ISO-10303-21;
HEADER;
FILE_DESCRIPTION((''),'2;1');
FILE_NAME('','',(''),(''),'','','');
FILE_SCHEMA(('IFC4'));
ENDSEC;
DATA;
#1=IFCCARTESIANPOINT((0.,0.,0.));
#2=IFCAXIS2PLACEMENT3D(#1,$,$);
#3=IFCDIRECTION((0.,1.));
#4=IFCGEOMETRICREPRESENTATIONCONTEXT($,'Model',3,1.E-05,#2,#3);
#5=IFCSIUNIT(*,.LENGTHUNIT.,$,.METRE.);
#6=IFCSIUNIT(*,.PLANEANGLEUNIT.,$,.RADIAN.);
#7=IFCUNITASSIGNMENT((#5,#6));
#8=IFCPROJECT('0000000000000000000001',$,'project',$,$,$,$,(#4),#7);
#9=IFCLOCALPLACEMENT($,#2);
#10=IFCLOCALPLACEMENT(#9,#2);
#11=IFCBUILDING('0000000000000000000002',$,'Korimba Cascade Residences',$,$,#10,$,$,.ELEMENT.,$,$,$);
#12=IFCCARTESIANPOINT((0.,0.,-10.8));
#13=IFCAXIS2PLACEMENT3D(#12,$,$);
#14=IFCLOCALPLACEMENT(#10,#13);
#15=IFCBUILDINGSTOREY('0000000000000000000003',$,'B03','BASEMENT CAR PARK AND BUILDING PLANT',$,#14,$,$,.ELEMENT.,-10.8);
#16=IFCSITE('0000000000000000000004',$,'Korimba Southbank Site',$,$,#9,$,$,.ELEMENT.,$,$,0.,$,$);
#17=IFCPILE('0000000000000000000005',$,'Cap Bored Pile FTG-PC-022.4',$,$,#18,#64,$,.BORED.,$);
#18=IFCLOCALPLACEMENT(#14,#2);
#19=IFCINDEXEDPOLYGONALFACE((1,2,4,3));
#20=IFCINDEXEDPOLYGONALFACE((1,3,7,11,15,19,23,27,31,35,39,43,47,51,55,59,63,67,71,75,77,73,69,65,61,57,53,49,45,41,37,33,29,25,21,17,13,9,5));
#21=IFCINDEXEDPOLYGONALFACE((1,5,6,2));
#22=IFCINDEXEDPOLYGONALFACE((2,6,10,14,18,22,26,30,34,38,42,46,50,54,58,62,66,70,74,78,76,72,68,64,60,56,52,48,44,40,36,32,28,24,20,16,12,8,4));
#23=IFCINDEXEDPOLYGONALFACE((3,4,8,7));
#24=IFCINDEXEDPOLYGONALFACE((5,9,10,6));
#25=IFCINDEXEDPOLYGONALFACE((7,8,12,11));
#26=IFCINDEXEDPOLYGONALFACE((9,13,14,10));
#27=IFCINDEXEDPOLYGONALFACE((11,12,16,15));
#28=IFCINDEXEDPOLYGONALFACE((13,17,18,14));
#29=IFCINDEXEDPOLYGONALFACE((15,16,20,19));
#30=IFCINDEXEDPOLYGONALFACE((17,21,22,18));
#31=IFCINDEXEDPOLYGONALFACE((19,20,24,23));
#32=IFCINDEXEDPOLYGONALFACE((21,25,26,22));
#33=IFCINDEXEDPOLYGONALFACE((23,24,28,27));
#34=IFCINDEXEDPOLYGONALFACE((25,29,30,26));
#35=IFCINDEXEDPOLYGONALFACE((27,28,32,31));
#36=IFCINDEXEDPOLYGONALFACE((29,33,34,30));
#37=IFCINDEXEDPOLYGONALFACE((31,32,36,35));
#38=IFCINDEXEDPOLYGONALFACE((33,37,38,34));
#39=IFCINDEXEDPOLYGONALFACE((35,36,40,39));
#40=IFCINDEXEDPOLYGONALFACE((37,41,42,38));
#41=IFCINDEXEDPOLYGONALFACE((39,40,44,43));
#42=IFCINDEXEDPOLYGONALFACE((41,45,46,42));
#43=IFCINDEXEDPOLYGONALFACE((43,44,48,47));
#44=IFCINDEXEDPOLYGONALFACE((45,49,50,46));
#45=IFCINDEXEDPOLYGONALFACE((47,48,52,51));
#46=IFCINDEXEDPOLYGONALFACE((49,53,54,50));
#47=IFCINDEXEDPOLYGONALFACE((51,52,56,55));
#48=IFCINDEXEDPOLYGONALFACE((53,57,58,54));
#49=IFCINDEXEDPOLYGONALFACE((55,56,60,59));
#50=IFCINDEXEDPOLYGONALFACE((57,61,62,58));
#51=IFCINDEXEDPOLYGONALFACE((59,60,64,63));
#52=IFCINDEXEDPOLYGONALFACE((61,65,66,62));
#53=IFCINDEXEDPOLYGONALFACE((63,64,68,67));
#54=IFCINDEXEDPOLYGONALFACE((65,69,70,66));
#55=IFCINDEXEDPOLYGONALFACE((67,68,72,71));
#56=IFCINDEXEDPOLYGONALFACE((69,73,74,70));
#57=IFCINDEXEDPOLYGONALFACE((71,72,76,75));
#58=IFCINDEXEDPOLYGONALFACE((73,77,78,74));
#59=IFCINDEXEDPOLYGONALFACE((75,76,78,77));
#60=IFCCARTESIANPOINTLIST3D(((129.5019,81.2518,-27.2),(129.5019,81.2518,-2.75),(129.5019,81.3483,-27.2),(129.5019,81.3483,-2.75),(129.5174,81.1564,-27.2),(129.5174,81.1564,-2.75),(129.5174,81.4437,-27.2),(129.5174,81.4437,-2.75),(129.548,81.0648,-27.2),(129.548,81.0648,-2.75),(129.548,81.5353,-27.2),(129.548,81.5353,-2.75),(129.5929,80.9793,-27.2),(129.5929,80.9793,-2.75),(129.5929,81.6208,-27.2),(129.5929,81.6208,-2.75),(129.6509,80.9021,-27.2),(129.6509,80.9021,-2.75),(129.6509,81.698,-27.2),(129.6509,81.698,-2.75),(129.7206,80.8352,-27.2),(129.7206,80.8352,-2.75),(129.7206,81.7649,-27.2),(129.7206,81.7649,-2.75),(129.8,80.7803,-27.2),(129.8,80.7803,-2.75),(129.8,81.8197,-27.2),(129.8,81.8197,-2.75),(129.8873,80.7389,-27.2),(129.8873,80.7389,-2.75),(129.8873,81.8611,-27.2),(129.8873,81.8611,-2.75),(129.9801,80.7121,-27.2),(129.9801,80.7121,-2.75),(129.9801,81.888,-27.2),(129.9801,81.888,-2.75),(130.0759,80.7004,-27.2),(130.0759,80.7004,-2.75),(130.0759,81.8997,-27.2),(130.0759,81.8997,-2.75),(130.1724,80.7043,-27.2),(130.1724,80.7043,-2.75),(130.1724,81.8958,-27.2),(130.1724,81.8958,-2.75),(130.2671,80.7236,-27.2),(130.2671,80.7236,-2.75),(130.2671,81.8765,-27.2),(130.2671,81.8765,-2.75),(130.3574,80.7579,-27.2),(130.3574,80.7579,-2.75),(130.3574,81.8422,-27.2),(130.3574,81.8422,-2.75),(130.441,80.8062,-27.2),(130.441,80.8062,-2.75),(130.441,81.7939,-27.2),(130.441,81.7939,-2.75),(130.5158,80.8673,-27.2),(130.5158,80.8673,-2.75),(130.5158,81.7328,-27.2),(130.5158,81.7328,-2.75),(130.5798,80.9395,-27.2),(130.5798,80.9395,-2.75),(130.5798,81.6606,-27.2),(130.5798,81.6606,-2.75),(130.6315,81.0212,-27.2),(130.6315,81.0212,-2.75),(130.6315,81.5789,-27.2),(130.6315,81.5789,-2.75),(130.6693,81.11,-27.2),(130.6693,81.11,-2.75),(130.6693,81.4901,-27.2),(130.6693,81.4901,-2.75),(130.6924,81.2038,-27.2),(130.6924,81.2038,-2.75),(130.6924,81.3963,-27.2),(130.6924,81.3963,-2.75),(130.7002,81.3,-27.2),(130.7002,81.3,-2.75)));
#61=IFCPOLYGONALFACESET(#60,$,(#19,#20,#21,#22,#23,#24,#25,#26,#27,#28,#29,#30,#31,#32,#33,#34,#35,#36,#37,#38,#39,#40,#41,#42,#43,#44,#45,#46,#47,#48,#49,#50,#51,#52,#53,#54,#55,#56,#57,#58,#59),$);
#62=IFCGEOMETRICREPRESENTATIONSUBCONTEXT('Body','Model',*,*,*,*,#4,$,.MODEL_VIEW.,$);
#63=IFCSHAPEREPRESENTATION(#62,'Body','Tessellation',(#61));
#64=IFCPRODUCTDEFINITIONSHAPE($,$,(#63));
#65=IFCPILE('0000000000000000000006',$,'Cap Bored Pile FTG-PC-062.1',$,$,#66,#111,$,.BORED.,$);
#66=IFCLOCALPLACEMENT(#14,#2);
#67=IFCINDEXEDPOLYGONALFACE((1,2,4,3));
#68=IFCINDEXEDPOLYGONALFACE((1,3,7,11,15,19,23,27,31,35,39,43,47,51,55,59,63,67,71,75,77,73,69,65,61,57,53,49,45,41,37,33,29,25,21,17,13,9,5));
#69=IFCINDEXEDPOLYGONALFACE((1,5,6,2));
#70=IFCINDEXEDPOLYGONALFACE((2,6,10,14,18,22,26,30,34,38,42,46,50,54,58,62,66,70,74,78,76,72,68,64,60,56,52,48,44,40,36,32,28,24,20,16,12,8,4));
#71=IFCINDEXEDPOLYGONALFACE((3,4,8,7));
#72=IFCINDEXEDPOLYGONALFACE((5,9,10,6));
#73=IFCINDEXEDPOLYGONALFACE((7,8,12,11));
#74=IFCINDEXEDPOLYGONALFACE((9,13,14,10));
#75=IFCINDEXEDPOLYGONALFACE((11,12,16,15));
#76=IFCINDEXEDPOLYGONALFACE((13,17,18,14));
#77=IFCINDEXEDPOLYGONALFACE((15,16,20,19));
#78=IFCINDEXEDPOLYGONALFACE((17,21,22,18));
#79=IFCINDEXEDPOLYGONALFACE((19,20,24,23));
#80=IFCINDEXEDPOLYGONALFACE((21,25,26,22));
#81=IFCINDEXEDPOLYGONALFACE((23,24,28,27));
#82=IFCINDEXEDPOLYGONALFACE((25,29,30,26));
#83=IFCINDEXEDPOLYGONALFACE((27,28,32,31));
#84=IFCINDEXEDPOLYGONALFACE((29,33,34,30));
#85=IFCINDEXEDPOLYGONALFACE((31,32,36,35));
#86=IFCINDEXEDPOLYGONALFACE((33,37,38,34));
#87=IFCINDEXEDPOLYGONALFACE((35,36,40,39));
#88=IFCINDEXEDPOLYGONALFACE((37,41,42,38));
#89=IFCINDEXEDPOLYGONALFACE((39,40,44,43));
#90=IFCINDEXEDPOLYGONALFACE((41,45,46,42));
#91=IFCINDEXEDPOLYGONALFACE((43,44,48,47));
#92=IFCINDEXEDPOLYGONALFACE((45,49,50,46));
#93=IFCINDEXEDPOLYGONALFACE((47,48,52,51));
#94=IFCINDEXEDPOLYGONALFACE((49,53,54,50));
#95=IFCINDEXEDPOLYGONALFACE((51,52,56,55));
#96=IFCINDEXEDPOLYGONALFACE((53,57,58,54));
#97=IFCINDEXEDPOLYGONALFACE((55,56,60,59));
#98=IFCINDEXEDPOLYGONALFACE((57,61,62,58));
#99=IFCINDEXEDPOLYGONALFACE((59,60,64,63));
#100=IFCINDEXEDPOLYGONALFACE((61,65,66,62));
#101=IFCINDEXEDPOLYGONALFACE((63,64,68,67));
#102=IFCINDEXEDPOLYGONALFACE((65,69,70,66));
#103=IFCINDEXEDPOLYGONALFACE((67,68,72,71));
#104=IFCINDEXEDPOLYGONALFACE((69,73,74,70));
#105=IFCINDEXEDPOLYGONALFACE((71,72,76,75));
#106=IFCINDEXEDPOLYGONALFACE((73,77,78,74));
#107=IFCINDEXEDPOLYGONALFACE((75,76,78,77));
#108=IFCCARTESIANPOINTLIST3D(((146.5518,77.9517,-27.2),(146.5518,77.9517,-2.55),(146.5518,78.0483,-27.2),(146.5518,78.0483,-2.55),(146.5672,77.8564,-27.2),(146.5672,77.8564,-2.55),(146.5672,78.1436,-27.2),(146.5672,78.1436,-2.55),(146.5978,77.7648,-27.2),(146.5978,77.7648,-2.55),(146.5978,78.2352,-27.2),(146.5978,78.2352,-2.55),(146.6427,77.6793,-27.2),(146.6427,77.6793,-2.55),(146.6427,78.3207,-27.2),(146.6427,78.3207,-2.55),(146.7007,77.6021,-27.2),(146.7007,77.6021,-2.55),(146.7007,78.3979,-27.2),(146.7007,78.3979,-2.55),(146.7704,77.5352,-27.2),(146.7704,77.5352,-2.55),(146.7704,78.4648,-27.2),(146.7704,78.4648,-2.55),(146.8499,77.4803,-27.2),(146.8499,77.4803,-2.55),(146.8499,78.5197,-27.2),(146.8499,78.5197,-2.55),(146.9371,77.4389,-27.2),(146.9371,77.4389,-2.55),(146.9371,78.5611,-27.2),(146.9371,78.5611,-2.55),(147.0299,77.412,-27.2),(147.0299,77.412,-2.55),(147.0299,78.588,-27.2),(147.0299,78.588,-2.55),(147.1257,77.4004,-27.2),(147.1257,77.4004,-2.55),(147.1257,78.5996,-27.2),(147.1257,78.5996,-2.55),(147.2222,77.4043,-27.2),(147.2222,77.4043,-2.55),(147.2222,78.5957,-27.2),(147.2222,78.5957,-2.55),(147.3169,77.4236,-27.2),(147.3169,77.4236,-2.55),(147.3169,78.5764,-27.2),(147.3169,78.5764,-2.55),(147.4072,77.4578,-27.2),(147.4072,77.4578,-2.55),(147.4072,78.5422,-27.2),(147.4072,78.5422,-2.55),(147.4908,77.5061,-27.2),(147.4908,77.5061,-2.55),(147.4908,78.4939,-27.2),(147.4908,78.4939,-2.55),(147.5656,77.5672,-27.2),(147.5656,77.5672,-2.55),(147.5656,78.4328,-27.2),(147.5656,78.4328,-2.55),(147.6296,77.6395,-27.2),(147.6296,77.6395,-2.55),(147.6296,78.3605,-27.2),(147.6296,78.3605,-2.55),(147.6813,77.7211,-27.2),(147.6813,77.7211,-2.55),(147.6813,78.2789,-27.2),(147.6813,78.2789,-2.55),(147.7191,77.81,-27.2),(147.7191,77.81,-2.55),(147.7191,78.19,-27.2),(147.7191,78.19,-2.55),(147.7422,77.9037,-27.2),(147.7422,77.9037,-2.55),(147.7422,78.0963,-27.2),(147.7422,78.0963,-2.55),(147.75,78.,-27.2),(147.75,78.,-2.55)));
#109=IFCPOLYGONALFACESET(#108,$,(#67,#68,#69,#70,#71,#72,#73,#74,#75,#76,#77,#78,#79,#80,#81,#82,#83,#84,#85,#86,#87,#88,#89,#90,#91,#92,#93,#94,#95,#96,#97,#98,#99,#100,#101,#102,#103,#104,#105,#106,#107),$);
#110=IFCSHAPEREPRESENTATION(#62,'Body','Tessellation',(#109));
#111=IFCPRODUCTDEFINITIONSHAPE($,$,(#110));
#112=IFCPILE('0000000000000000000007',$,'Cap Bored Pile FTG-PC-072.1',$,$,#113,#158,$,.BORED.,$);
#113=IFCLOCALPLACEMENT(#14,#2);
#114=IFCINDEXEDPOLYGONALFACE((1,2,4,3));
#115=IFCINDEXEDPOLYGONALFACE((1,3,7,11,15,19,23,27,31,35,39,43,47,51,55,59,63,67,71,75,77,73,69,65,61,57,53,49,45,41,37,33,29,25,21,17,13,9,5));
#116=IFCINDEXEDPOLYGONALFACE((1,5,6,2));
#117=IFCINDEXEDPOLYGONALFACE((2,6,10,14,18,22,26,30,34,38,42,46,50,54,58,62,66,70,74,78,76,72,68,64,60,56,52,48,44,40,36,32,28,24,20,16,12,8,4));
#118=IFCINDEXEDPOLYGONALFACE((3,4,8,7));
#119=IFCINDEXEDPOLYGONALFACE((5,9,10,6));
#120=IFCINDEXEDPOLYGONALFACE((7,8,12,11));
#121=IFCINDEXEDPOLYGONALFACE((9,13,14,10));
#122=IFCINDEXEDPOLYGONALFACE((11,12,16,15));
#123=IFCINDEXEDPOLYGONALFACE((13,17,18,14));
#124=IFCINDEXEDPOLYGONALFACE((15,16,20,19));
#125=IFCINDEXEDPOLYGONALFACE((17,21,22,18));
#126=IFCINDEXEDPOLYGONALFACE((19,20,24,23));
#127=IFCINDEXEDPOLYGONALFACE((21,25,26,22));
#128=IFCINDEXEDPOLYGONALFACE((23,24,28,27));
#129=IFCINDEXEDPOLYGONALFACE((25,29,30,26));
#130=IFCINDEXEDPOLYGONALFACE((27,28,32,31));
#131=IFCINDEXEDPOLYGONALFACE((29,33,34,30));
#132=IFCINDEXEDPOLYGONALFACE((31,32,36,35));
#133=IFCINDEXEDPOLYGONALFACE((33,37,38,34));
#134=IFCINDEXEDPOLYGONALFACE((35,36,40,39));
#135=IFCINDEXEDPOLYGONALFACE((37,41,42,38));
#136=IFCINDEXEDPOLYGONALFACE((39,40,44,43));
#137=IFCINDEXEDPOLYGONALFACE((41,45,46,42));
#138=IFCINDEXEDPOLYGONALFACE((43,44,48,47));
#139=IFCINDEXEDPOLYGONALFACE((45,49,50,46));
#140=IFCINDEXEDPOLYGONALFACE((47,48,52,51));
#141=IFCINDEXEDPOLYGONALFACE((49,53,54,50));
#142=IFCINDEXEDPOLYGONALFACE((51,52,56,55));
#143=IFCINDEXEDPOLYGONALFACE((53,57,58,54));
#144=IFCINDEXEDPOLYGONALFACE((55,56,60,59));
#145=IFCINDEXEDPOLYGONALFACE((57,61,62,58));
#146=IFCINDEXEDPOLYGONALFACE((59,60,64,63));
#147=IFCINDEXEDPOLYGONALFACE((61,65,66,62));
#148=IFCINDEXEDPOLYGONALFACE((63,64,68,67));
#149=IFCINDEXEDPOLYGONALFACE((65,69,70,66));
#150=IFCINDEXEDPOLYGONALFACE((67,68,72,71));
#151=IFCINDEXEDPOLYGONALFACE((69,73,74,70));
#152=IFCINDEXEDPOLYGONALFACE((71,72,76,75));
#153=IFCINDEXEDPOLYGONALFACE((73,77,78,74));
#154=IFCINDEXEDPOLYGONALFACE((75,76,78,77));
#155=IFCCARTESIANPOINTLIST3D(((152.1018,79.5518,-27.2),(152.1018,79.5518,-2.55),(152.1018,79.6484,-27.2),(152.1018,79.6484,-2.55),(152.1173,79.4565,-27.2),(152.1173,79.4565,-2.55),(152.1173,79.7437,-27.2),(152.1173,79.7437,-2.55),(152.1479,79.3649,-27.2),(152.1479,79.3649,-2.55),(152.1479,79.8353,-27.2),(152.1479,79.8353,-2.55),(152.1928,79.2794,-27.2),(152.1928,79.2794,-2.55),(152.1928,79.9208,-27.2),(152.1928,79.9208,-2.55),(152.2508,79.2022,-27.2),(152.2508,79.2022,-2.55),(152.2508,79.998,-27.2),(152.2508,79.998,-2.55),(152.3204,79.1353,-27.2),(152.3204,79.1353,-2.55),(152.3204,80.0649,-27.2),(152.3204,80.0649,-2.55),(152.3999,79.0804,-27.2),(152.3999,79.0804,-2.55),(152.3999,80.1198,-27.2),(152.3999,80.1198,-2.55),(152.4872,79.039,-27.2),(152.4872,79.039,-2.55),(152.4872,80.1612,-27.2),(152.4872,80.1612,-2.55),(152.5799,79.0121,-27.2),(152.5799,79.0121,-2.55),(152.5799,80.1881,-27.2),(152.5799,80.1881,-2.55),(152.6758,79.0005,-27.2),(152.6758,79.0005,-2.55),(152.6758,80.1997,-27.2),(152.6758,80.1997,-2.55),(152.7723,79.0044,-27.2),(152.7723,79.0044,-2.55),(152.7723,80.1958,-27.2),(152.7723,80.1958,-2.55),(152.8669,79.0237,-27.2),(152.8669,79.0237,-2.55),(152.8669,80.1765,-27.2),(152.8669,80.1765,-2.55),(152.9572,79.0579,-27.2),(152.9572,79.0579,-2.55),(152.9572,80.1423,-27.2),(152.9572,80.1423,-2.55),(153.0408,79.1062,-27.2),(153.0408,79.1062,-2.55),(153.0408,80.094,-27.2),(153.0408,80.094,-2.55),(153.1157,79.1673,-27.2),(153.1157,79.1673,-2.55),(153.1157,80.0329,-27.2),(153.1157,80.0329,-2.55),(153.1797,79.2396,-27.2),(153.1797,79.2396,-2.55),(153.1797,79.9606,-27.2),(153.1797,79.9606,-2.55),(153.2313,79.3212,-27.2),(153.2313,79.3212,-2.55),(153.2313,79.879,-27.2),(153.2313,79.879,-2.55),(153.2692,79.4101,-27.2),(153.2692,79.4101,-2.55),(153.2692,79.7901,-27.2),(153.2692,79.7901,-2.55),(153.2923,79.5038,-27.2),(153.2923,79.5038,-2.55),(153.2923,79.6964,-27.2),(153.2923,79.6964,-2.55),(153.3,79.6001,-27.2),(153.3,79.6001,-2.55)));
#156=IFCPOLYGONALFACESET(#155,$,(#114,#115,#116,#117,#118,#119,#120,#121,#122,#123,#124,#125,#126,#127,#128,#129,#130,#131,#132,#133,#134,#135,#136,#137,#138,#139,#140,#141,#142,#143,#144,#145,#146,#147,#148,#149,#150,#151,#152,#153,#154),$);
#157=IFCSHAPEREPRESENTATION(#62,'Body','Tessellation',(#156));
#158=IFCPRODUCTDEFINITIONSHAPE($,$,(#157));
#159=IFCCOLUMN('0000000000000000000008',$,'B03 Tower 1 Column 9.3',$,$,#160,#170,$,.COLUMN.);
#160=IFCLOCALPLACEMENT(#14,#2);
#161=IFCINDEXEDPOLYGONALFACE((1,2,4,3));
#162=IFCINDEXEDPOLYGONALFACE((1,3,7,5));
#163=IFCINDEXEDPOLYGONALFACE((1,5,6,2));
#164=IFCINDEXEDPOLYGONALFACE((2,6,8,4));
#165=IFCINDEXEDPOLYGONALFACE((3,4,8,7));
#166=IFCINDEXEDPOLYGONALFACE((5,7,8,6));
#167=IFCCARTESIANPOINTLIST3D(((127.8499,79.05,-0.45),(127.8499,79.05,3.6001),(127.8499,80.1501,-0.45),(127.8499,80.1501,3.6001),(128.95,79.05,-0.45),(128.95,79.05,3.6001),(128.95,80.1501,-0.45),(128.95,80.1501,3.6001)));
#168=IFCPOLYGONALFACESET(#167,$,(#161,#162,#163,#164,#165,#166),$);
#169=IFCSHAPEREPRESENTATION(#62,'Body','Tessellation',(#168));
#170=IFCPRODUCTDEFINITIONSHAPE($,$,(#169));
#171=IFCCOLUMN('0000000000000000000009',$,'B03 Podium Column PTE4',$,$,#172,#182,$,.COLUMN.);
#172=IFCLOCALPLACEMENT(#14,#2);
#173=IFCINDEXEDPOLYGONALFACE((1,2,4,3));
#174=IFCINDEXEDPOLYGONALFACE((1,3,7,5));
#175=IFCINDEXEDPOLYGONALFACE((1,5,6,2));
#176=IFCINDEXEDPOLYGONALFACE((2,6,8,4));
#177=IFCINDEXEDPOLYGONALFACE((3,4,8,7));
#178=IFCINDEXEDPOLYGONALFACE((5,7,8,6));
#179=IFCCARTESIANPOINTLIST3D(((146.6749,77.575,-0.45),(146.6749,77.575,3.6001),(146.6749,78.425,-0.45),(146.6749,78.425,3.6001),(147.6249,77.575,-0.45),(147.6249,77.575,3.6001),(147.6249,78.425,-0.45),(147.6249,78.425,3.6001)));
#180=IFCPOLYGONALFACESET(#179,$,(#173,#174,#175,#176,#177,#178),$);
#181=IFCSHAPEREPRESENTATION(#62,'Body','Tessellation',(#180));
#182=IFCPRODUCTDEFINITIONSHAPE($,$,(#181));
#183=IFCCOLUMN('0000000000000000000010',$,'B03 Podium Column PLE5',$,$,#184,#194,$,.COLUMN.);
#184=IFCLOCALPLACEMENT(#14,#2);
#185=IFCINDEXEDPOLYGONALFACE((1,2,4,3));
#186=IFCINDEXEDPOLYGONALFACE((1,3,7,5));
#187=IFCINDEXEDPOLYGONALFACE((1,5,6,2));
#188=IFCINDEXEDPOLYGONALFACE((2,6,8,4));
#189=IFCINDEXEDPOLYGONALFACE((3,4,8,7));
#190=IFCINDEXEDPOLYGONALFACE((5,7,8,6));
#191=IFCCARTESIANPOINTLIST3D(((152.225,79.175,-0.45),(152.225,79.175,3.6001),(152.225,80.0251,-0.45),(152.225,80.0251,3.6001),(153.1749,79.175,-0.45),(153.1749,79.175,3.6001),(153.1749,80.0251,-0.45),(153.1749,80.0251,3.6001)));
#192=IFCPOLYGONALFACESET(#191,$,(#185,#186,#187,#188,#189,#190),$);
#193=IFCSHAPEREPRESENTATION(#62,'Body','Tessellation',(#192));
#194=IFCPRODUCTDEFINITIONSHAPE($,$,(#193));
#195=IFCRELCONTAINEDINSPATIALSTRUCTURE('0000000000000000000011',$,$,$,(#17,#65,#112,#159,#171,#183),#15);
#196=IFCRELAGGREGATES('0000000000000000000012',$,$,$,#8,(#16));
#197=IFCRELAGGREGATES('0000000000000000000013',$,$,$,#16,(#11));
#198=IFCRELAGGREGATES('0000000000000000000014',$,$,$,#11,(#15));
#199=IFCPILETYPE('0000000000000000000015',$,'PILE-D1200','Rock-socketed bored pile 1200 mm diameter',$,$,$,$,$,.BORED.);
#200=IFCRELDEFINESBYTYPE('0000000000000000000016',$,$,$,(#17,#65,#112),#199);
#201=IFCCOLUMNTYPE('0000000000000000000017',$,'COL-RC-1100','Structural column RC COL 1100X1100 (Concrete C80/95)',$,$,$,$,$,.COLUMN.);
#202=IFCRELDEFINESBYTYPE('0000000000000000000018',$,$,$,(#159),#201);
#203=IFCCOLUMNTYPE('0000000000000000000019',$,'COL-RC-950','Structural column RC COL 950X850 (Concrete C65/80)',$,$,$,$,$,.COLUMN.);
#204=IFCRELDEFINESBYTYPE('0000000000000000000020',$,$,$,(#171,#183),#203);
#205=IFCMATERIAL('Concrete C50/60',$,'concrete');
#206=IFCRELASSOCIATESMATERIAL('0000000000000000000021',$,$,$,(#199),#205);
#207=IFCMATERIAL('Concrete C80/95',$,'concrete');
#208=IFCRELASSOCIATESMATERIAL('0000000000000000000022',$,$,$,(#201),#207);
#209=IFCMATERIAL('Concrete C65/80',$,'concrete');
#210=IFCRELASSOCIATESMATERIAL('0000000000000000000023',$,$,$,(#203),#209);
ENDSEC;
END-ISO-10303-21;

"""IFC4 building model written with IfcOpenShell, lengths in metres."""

from ifc_helpers import new_model, si_unit, direction, frame, origin, origin_2d, place, context, subcontext, project, spatial, rectangle, circle, extrude, material, material_profile, profile_set, type_object, element, save


model = new_model("IFC4")

# Units and contexts
model_context = context("Model", 3, precision=1e-05, world=origin(), true_north=direction((0.0, 1.0)))
body_context = subcontext(model_context, "Body", "Model", "MODEL_VIEW")
ifc_project = project(units=[si_unit("LENGTHUNIT", "METRE"), si_unit("PLANEANGLEUNIT", "RADIAN")], contexts=[model_context])

# Site, building, storey
site_placement = place(None, origin())
site = spatial("IfcSite", under=ifc_project, at=site_placement, Name="Korimba Southbank Site", CompositionType="ELEMENT", RefElevation=0.0)
building_placement = place(site_placement, origin())
building = spatial("IfcBuilding", under=site, at=building_placement, Name="Korimba Cascade Residences", CompositionType="ELEMENT")
storey_placement = place(building_placement, frame((0.0, 0.0, -10.8)))
storey = spatial("IfcBuildingStorey", under=building, at=storey_placement, Name="B03", Description="BASEMENT CAR PARK AND BUILDING PLANT", CompositionType="ELEMENT", Elevation=-10.8)

# Piles
ifc_material_1 = material(Name="Concrete C50/60", Category="concrete")
ifc_material_profile_1 = material_profile(ifc_material_1, circle(Radius=0.6001, at=origin_2d()), Name="Concrete C50/60")
ifc_profile_set_1 = profile_set([ifc_material_profile_1], Name="Concrete C50/60")
pile_type = type_object("IfcPileType", Name="PILE-D1200", Description="Rock-socketed bored pile 1200 mm diameter", PredefinedType="BORED", material=ifc_profile_set_1)
for number, where, z_axis, x_axis, name in (
    (1, (130.1001, 81.3, -2.75), (0.0, 0.0, -1.0), (1.0, 0.0, 0.0), "Cap Bored Pile FTG-PC-022.4"),
):
    element("IfcPile", number, at=place(storey_placement, frame(where, z_axis=z_axis, x_axis=x_axis)), inside=storey, type_object=pile_type, Name=name, PredefinedType="BORED", context=body_context, shape_type="SweptSolid", body=[
        extrude(circle(Radius=0.6001, at=origin_2d()), origin(), (0.0, 0.0, 1.0), 24.45),
    ])
for number, where, z_axis, x_axis, name in (
    (2, (147.1499, 78.0, -2.55), (0.0, 0.0, -1.0), (1.0, 0.0, 0.0), "Cap Bored Pile FTG-PC-062.1"),
    (3, (152.7, 79.6001, -2.55), (0.0, 0.0, -1.0), (1.0, 0.0, 0.0), "Cap Bored Pile FTG-PC-072.1"),
):
    element("IfcPile", number, at=place(storey_placement, frame(where, z_axis=z_axis, x_axis=x_axis)), inside=storey, type_object=pile_type, Name=name, PredefinedType="BORED", context=body_context, shape_type="SweptSolid", body=[
        extrude(circle(Radius=0.6001, at=origin_2d()), origin(), (0.0, 0.0, 1.0), 24.6499),
    ])

# Columns
ifc_material_2 = material(Name="Concrete C80/95", Category="concrete")
ifc_material_profile_2 = material_profile(ifc_material_2, rectangle(XDim=1.1001, YDim=1.1001, at=origin_2d()), Name="Concrete C80/95")
ifc_profile_set_2 = profile_set([ifc_material_profile_2], Name="Concrete C80/95")
column_type_1 = type_object("IfcColumnType", Name="COL-RC-1100", Description="Structural column RC COL 1100X1100 (Concrete C80/95)", PredefinedType="COLUMN", material=ifc_profile_set_2)
column_placement = place(storey_placement, frame((128.3999, 79.6001, -0.45), z_axis=(0.0, 0.0, 1.0), x_axis=(1.0, 0.0, 0.0)))
element("IfcColumn", 4, at=column_placement, inside=storey, type_object=column_type_1, Name="B03 Tower 1 Column 9.3", PredefinedType="COLUMN", context=body_context, shape_type="SweptSolid", body=[
    extrude(rectangle(XDim=1.1001, YDim=1.1001, at=origin_2d()), origin(), (0.0, 0.0, 1.0), 4.05),
])
ifc_material_3 = material(Name="Concrete C65/80", Category="concrete")
ifc_material_profile_3 = material_profile(ifc_material_3, rectangle(XDim=0.95, YDim=0.8501, at=origin_2d()), Name="Concrete C65/80")
ifc_profile_set_3 = profile_set([ifc_material_profile_3], Name="Concrete C65/80")
column_type_2 = type_object("IfcColumnType", Name="COL-RC-950", Description="Structural column RC COL 950X850 (Concrete C65/80)", PredefinedType="COLUMN", material=ifc_profile_set_3)
for number, where, z_axis, x_axis, name in (
    (5, (147.1499, 78.0, -0.45), (0.0, 0.0, 1.0), (1.0, 0.0, 0.0), "B03 Podium Column PTE4"),
    (6, (152.7, 79.6001, -0.45), (0.0, 0.0, 1.0), (1.0, 0.0, 0.0), "B03 Podium Column PLE5"),
):
    element("IfcColumn", number, at=place(storey_placement, frame(where, z_axis=z_axis, x_axis=x_axis)), inside=storey, type_object=column_type_2, Name=name, PredefinedType="COLUMN", context=body_context, shape_type="SweptSolid", body=[
        extrude(rectangle(XDim=0.95, YDim=0.8501, at=origin_2d()), origin(), (0.0, 0.0, 1.0), 4.05),
    ])

save(model, "model.ifc")
